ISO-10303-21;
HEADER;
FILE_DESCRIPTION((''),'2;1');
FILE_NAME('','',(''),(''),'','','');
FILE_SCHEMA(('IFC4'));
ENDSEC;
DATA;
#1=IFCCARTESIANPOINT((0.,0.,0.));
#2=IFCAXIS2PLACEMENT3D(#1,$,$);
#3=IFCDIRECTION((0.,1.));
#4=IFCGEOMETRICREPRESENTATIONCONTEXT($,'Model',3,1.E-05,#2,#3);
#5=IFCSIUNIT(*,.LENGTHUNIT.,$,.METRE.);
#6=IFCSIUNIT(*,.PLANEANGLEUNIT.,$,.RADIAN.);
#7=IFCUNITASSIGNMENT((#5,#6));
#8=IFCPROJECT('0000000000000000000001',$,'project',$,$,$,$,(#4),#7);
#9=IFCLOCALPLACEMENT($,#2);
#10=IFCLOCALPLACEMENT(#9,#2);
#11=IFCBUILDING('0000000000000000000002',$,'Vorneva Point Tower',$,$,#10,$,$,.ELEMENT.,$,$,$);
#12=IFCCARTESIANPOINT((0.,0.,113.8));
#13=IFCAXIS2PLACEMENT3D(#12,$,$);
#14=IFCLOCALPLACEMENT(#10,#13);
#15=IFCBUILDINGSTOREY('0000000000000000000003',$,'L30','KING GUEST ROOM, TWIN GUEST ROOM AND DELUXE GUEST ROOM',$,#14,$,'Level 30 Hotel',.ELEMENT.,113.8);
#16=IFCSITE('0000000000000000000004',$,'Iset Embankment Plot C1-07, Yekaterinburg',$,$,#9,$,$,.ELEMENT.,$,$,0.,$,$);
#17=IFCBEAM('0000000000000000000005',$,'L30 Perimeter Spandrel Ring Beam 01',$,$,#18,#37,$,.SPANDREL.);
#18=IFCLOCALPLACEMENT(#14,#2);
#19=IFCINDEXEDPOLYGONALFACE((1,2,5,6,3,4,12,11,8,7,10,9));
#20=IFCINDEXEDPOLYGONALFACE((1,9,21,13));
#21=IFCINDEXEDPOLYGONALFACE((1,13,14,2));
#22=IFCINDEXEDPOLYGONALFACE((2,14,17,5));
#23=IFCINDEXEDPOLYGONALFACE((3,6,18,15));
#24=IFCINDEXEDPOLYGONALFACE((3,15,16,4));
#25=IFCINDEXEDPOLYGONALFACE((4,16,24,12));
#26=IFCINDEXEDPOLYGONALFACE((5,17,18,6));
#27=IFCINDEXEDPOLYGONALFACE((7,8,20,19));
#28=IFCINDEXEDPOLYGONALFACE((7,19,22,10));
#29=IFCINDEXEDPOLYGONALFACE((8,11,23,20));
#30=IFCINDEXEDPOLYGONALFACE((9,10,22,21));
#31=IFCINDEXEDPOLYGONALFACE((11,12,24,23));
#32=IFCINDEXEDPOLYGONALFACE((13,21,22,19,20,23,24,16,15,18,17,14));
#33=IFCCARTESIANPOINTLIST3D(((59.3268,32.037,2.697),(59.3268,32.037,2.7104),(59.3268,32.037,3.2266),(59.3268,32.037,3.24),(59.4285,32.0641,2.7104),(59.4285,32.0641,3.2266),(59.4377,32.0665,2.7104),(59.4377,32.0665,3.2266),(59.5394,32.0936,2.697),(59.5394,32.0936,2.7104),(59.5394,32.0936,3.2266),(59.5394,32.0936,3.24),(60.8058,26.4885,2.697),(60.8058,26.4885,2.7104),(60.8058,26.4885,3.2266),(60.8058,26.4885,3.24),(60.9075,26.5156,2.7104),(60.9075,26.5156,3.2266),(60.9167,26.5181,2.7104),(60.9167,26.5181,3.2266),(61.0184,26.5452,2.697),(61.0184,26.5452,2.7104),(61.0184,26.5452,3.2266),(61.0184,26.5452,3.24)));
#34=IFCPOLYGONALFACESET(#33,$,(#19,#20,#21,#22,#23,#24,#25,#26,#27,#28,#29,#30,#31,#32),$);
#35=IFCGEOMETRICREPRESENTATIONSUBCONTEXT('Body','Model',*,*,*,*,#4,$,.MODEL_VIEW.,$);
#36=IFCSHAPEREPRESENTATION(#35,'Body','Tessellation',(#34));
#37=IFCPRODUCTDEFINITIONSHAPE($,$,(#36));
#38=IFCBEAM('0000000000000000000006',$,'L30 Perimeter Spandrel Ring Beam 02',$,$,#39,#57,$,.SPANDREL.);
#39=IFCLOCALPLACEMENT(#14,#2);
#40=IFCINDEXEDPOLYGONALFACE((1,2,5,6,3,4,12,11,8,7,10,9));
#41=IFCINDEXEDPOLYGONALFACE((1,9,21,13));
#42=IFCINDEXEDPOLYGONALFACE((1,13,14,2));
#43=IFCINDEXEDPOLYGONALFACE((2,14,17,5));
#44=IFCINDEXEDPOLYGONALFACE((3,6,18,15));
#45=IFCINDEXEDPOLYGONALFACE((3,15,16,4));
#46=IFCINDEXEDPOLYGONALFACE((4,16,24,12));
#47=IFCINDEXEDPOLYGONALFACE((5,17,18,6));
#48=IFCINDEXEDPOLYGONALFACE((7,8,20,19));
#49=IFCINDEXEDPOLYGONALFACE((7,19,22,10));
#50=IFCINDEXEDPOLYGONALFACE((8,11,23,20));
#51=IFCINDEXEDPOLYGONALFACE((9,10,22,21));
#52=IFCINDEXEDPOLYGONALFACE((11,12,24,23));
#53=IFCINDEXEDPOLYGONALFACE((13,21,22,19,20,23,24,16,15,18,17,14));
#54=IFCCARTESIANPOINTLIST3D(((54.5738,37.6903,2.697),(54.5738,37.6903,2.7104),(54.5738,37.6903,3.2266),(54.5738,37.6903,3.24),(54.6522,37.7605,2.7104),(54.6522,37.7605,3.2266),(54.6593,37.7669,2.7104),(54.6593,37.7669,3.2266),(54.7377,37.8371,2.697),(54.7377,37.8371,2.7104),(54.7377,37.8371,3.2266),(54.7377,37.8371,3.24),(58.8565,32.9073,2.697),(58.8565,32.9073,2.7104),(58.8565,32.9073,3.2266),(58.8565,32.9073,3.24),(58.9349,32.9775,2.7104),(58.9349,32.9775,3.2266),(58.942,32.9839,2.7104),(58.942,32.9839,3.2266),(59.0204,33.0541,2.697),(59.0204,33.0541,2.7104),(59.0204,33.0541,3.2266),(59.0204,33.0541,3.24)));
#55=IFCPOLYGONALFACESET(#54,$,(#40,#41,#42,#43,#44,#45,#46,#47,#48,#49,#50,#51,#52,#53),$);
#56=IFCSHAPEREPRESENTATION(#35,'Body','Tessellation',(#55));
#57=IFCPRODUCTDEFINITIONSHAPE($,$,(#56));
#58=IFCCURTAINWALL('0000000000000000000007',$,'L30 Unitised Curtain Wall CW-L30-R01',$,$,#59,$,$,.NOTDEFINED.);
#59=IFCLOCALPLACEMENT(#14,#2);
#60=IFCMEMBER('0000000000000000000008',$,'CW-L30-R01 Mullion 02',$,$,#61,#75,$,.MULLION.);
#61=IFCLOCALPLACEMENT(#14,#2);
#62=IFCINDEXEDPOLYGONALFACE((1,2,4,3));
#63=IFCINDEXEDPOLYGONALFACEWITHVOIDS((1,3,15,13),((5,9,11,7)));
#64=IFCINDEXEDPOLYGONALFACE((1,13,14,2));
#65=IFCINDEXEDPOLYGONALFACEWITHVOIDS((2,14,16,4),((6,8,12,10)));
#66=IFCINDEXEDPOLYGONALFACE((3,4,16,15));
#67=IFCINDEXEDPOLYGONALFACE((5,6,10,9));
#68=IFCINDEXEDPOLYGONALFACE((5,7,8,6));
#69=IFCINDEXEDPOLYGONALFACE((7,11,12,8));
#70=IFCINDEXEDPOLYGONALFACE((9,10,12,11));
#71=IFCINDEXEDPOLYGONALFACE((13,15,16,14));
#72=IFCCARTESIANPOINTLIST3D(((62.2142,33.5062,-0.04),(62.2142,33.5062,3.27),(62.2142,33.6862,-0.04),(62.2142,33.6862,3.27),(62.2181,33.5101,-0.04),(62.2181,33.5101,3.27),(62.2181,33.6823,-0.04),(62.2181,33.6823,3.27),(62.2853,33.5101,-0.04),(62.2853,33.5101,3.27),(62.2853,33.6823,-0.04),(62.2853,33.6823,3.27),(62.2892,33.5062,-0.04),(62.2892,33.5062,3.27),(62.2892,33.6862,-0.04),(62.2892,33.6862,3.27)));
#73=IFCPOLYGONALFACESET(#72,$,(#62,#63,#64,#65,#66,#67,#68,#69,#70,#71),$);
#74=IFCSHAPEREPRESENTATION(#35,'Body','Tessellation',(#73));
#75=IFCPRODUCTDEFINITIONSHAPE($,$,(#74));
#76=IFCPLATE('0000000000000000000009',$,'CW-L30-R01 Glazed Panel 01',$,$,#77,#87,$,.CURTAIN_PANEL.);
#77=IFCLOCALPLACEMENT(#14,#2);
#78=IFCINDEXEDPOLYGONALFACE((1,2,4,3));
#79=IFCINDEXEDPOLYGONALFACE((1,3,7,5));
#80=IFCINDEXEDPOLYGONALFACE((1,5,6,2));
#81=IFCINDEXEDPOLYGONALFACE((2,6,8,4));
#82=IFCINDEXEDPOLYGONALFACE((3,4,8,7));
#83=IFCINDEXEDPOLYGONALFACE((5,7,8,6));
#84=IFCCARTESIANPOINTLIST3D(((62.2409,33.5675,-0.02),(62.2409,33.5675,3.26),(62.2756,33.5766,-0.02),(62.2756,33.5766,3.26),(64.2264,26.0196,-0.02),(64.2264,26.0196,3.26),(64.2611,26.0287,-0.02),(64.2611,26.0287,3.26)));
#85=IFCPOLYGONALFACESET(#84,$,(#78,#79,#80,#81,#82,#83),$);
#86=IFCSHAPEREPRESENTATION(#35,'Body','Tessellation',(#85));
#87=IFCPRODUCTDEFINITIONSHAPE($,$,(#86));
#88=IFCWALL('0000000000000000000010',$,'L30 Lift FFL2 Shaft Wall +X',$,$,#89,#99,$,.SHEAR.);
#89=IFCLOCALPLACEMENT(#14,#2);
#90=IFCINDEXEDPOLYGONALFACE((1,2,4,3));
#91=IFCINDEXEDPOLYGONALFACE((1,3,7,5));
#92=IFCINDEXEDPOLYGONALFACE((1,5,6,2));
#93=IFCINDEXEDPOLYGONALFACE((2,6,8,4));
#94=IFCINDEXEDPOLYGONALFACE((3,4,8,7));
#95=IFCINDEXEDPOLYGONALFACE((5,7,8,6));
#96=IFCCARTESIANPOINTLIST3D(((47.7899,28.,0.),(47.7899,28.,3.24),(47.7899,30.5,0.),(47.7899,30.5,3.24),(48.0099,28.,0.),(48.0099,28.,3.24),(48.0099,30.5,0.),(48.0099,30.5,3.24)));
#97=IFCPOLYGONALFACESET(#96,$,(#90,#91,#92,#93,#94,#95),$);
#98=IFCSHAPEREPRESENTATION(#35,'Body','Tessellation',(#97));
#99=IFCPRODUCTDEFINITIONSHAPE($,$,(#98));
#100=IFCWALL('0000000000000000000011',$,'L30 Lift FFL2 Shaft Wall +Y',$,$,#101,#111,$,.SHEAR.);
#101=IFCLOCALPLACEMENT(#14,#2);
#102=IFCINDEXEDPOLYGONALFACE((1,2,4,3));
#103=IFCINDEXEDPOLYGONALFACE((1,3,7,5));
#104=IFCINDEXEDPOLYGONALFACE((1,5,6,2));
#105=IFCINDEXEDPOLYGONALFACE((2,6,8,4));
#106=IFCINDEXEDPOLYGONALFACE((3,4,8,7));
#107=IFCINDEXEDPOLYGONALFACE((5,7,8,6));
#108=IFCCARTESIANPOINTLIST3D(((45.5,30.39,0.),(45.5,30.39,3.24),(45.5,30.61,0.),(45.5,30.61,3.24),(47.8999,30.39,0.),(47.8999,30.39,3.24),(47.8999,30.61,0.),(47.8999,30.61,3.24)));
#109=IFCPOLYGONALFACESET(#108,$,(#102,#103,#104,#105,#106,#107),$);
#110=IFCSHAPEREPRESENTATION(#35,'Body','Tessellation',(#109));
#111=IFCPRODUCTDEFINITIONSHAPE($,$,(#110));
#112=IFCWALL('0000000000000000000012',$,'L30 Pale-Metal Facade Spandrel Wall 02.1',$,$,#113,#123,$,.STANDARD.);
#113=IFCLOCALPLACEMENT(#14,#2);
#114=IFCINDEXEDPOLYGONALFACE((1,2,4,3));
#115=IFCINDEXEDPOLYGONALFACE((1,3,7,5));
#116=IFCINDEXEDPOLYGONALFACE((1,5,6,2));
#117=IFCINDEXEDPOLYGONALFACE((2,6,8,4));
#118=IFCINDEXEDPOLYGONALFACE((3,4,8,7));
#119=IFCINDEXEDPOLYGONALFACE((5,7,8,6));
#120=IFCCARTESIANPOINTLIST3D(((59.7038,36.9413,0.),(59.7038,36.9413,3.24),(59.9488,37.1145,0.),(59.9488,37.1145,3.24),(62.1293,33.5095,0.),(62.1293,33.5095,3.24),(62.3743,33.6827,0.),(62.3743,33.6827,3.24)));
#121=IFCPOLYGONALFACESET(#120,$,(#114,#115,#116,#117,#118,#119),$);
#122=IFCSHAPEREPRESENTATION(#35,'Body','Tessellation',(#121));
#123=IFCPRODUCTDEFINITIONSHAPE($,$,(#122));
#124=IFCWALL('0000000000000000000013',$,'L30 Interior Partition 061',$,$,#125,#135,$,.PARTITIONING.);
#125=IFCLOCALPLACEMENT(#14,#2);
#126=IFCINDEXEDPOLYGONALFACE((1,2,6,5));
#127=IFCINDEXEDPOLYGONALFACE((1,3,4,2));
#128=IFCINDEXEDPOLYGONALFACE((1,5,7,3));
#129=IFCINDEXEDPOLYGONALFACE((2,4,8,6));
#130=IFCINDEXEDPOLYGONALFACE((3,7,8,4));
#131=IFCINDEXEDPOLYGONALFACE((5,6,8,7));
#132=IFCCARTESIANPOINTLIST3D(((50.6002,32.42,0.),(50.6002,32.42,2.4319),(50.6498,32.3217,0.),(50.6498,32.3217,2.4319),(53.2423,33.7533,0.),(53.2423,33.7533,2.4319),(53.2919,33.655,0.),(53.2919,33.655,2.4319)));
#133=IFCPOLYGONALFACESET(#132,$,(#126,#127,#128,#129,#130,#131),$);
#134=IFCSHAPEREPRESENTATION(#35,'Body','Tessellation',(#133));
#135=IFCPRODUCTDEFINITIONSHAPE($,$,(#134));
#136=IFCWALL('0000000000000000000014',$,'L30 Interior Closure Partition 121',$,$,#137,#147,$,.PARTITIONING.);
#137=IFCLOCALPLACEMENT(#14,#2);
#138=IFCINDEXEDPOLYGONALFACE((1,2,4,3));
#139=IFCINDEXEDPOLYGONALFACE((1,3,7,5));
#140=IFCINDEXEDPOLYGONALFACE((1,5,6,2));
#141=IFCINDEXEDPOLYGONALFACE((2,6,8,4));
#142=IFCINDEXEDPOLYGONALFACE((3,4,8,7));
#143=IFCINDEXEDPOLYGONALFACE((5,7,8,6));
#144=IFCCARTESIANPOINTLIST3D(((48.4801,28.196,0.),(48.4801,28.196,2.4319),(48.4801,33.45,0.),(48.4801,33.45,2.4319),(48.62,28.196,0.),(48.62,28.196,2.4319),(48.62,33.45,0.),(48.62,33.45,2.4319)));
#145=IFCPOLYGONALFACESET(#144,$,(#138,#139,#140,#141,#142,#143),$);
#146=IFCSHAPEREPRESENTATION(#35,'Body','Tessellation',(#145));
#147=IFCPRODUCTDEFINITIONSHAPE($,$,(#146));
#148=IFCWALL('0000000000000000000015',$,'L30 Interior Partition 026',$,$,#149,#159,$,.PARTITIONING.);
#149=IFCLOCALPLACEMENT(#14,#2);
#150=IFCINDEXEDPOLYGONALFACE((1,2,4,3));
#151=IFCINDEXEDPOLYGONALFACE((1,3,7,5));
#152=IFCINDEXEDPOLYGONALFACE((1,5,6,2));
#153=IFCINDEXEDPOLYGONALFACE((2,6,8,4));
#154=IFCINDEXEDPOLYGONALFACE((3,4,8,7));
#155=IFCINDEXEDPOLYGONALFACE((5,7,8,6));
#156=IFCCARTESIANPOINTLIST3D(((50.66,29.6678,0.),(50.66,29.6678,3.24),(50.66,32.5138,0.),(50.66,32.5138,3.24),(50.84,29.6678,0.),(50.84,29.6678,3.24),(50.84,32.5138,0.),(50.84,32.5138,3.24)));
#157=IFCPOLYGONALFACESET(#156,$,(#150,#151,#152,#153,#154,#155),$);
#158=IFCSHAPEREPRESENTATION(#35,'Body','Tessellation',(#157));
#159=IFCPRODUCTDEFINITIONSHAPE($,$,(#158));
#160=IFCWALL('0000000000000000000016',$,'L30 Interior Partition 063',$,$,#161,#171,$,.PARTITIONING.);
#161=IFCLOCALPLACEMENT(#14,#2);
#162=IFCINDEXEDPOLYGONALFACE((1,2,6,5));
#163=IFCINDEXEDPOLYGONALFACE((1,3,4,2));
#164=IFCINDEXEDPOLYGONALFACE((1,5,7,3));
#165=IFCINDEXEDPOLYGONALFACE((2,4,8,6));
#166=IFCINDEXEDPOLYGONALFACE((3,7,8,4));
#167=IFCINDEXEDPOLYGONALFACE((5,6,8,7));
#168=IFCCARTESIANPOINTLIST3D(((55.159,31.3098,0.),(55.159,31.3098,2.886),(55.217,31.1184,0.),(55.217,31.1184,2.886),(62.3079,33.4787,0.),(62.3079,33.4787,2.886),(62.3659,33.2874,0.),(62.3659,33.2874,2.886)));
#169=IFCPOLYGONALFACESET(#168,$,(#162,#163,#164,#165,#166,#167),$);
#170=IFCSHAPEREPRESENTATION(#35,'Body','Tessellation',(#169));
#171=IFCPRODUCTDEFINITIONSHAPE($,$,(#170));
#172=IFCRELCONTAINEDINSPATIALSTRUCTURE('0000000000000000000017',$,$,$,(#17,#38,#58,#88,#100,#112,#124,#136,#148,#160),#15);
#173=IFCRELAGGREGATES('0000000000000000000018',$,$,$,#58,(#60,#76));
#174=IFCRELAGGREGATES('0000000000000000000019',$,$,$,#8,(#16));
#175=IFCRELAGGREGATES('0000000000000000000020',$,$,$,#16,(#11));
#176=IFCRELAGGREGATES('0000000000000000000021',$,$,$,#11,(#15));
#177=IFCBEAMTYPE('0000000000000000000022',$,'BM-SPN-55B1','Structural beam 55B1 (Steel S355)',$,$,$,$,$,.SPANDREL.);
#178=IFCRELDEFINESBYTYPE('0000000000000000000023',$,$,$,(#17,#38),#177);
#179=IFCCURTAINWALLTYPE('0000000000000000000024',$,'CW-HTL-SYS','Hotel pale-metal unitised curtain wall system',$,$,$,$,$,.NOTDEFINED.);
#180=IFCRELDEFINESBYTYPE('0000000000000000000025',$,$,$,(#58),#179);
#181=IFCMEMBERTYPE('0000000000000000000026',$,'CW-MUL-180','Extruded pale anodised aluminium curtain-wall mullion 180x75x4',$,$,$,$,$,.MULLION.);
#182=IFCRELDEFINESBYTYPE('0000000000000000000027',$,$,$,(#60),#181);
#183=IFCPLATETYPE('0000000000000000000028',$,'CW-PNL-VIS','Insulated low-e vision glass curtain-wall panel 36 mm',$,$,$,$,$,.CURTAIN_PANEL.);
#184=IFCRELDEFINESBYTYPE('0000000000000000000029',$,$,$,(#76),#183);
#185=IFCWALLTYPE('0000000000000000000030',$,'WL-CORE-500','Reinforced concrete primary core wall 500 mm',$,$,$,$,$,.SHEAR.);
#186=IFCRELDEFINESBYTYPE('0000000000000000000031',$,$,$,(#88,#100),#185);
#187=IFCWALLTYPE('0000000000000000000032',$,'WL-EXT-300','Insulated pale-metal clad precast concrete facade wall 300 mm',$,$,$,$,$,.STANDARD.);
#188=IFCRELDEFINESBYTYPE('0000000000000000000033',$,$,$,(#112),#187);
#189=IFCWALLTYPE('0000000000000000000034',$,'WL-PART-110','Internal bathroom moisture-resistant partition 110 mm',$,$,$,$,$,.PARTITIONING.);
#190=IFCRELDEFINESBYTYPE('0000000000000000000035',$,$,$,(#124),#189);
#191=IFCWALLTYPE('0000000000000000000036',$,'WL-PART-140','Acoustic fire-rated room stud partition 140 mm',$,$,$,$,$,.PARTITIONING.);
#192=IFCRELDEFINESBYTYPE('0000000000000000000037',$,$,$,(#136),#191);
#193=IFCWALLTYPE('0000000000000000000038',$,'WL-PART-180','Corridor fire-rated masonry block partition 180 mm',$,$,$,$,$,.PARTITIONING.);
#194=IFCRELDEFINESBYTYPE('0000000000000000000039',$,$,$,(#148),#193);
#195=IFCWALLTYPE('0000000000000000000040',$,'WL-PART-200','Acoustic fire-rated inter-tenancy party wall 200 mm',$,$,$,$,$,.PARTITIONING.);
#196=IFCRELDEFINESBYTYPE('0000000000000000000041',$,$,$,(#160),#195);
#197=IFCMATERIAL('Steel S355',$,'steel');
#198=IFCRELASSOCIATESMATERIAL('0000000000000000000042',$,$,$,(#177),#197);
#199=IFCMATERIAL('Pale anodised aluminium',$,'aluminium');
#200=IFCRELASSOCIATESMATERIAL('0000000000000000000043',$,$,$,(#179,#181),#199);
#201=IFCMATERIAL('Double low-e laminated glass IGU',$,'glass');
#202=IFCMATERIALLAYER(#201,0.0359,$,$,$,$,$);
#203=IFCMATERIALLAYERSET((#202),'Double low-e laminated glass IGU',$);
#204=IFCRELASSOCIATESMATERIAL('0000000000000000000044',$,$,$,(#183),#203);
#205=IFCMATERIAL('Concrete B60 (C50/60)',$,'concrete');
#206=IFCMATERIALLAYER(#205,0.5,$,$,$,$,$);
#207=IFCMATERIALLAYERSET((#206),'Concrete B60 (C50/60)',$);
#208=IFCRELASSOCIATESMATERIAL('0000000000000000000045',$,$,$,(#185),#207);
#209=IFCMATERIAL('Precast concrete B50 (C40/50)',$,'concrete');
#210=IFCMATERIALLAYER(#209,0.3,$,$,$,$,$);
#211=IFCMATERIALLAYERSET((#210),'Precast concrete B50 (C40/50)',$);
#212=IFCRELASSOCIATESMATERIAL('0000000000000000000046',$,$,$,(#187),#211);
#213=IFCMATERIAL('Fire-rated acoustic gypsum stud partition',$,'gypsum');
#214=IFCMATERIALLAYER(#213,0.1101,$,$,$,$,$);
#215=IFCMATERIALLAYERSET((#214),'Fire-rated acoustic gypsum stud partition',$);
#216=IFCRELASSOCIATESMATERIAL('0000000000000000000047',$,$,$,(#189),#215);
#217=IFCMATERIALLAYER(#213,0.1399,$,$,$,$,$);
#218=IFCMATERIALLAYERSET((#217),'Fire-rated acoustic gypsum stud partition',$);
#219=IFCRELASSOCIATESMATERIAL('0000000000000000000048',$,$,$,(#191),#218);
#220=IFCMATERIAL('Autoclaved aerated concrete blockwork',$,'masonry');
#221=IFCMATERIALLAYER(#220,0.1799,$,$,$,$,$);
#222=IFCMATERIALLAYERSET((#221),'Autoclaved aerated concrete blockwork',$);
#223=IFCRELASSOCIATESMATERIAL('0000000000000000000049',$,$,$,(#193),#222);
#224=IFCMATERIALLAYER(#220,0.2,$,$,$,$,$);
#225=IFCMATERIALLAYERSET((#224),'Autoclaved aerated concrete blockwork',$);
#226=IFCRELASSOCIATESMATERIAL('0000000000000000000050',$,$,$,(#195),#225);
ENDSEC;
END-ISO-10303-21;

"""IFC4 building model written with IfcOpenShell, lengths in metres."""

from ifc_helpers import new_model, si_unit, direction, frame, frame_2d, origin, origin_2d, place, context, subcontext, project, spatial, rectangle, hollow_rectangle, i_section, extrude, material, layer, layer_set, material_profile, profile_set, type_object, element, aggregate, save


model = new_model("IFC4")

# Units and contexts
model_context = context("Model", 3, precision=1e-05, world=origin(), true_north=direction((0.0, 1.0)))
body_context = subcontext(model_context, "Body", "Model", "MODEL_VIEW")
ifc_project = project(units=[si_unit("LENGTHUNIT", "METRE"), si_unit("PLANEANGLEUNIT", "RADIAN")], contexts=[model_context])

# Site, building, storey
site_placement = place(None, origin())
site = spatial("IfcSite", under=ifc_project, at=site_placement, Name="Iset Embankment Plot C1-07, Yekaterinburg", CompositionType="ELEMENT", RefElevation=0.0)
building_placement = place(site_placement, origin())
building = spatial("IfcBuilding", under=site, at=building_placement, Name="Vorneva Point Tower", CompositionType="ELEMENT")
storey_placement = place(building_placement, frame((0.0, 0.0, 113.8)))
storey = spatial("IfcBuildingStorey", under=building, at=storey_placement, Name="L30", Description="KING GUEST ROOM, TWIN GUEST ROOM AND DELUXE GUEST ROOM", LongName="Level 30 Hotel", CompositionType="ELEMENT", Elevation=113.8)

# Shared definitions
ifc_material_1 = material(Name="Concrete B60 (C50/60)", Category="concrete")

# Beams
ifc_material_2 = material(Name="Steel S355", Category="steel")
ifc_material_profile_1 = material_profile(ifc_material_2, i_section(OverallWidth=0.22, OverallDepth=0.543, WebThickness=0.0095, FlangeThickness=0.0134, at=origin_2d()), Name="55B1")
ifc_profile_set_1 = profile_set([ifc_material_profile_1], Name="Steel S355")
beam_type_1 = type_object("IfcBeamType", Name="BM-SPN-55B1", Description="Structural beam 55B1 (Steel S355)", PredefinedType="SPANDREL", material=ifc_profile_set_1)
beam_1_placement = place(storey_placement, frame((60.9121, 26.5168, 2.9685), z_axis=(-0.257573, 0.966259, 0.0), x_axis=(-0.966259, -0.257573, 0.0)))
element("IfcBeam", 1, at=beam_1_placement, inside=storey, type_object=beam_type_1, Name="L30 Perimeter Spandrel Ring Beam 01", PredefinedType="SPANDREL", context=body_context, shape_type="SweptSolid", body=[
    extrude(i_section(OverallWidth=0.22, OverallDepth=0.543, WebThickness=0.0095, FlangeThickness=0.0134, at=origin_2d()), origin(), (0.0, 0.0, 1.0), 5.7422),
])
beam_2_placement = place(storey_placement, frame((58.9385, 32.9807, 2.9685), z_axis=(-0.667074, 0.744992, 0.0), x_axis=(-0.744992, -0.667074, 0.0)))
element("IfcBeam", 2, at=beam_2_placement, inside=storey, type_object=beam_type_1, Name="L30 Perimeter Spandrel Ring Beam 02", PredefinedType="SPANDREL", context=body_context, shape_type="SweptSolid", body=[
    extrude(i_section(OverallWidth=0.22, OverallDepth=0.543, WebThickness=0.0095, FlangeThickness=0.0134, at=origin_2d()), origin(), (0.0, 0.0, 1.0), 6.4202),
])

# Curtain wall, member, plate
ifc_material_3 = material(Name="Pale anodised aluminium", Category="aluminium")
curtain_wall_type = type_object("IfcCurtainWallType", Name="CW-HTL-SYS", Description="Hotel pale-metal unitised curtain wall system", PredefinedType="NOTDEFINED", material=ifc_material_3)
curtain_wall_placement = place(storey_placement, origin())
curtain_wall = element("IfcCurtainWall", 3, at=curtain_wall_placement, inside=storey, type_object=curtain_wall_type, Name="L30 Unitised Curtain Wall CW-L30-R01", PredefinedType="NOTDEFINED")
ifc_material_profile_2 = material_profile(ifc_material_3, hollow_rectangle(XDim=0.075, YDim=0.1799, WallThickness=0.0039, at=origin_2d()), Name="AL-MUL 180x75x4")
ifc_profile_set_2 = profile_set([ifc_material_profile_2], Name="Pale anodised aluminium")
member_type = type_object("IfcMemberType", Name="CW-MUL-180", Description="Extruded pale anodised aluminium curtain-wall mullion 180x75x4", PredefinedType="MULLION", material=ifc_profile_set_2)
member_placement = place(storey_placement, frame((62.2517, 33.5962, -0.04), z_axis=(0.0, 0.0, 1.0), x_axis=(1.0, 0.0, 0.0)))
member = element("IfcMember", 4, at=member_placement, type_object=member_type, Name="CW-L30-R01 Mullion 02", PredefinedType="MULLION", context=body_context, shape_type="SweptSolid", body=[
    extrude(hollow_rectangle(XDim=0.075, YDim=0.1799, WallThickness=0.0039, at=origin_2d()), origin(), (0.0, 0.0, 1.0), 3.3101),
])
ifc_material_4 = material(Name="Double low-e laminated glass IGU", Category="glass")
ifc_layer_1 = layer(ifc_material_4, 0.0359)
ifc_layer_set_1 = layer_set([ifc_layer_1], Name="Double low-e laminated glass IGU")
plate_type = type_object("IfcPlateType", Name="CW-PNL-VIS", Description="Insulated low-e vision glass curtain-wall panel 36 mm", PredefinedType="CURTAIN_PANEL", material=ifc_layer_set_1)
plate_placement = place(storey_placement, frame((63.251, 29.7981, -0.02), z_axis=(0.0, 0.0, 1.0), x_axis=(-0.254399, 0.967099, 0.0)))
plate = element("IfcPlate", 5, at=plate_placement, type_object=plate_type, Name="CW-L30-R01 Glazed Panel 01", PredefinedType="CURTAIN_PANEL", context=body_context, shape_type="SweptSolid", body=[
    extrude(rectangle(XDim=7.8047, YDim=0.0359, at=origin_2d()), origin(), (0.0, 0.0, 1.0), 3.28),
])
aggregate(curtain_wall, [member, plate])

# Walls
ifc_layer_2 = layer(ifc_material_1, 0.5)
ifc_layer_set_2 = layer_set([ifc_layer_2], Name="Concrete B60 (C50/60)")
wall_type_1 = type_object("IfcWallType", Name="WL-CORE-500", Description="Reinforced concrete primary core wall 500 mm", PredefinedType="SHEAR", material=ifc_layer_set_2)
wall_1_placement = place(storey_placement, frame((47.8999, 28.0, 0.0), z_axis=(0.0, 0.0, 1.0), x_axis=(0.0, 1.0, 0.0)))
element("IfcWall", 6, at=wall_1_placement, inside=storey, type_object=wall_type_1, Name="L30 Lift FFL2 Shaft Wall +X", PredefinedType="SHEAR", context=body_context, shape_type="SweptSolid", body=[
    extrude(rectangle(XDim=2.5, YDim=0.22, at=frame_2d((1.25, 0.0))), origin(), (0.0, 0.0, 1.0), 3.24),
])
wall_2_placement = place(storey_placement, frame((47.8999, 30.5, 0.0), z_axis=(0.0, 0.0, 1.0), x_axis=(-1.0, 0.0, 0.0)))
element("IfcWall", 7, at=wall_2_placement, inside=storey, type_object=wall_type_1, Name="L30 Lift FFL2 Shaft Wall +Y", PredefinedType="SHEAR", context=body_context, shape_type="SweptSolid", body=[
    extrude(rectangle(XDim=2.3999, YDim=0.22, at=frame_2d((1.2, 0.0))), origin(), (0.0, 0.0, 1.0), 3.24),
])
ifc_material_5 = material(Name="Precast concrete B50 (C40/50)", Category="concrete")
ifc_layer_3 = layer(ifc_material_5, 0.3)
ifc_layer_set_3 = layer_set([ifc_layer_3], Name="Precast concrete B50 (C40/50)")
wall_type_2 = type_object("IfcWallType", Name="WL-EXT-300", Description="Insulated pale-metal clad precast concrete facade wall 300 mm", PredefinedType="STANDARD", material=ifc_layer_set_3)
wall_3_placement = place(storey_placement, frame((62.2517, 33.5962, 0.0), z_axis=(0.0, 0.0, 1.0), x_axis=(-0.577164, 0.816628, 0.0)))
element("IfcWall", 8, at=wall_3_placement, inside=storey, type_object=wall_type_2, Name="L30 Pale-Metal Facade Spandrel Wall 02.1", PredefinedType="STANDARD", context=body_context, shape_type="SweptSolid", body=[
    extrude(rectangle(XDim=4.2024, YDim=0.3, at=frame_2d((2.1011, 0.0))), origin(), (0.0, 0.0, 1.0), 3.24),
])
ifc_material_6 = material(Name="Fire-rated acoustic gypsum stud partition", Category="gypsum")
ifc_layer_4 = layer(ifc_material_6, 0.1101)
ifc_layer_set_4 = layer_set([ifc_layer_4], Name="Fire-rated acoustic gypsum stud partition")
wall_type_3 = type_object("IfcWallType", Name="WL-PART-110", Description="Internal bathroom moisture-resistant partition 110 mm", PredefinedType="PARTITIONING", material=ifc_layer_set_4)
wall_4_placement = place(storey_placement, frame((50.625, 32.3708, 0.0), z_axis=(0.0, 0.0, 1.0), x_axis=(0.892771, 0.45051, 0.0)))
element("IfcWall", 9, at=wall_4_placement, inside=storey, type_object=wall_type_3, Name="L30 Interior Partition 061", PredefinedType="PARTITIONING", context=body_context, shape_type="SweptSolid", body=[
    extrude(rectangle(XDim=2.9595, YDim=0.1101, at=frame_2d((1.4797, 0.0))), origin(), (0.0, 0.0, 1.0), 2.4319),
])
ifc_layer_5 = layer(ifc_material_6, 0.1399)
ifc_layer_set_5 = layer_set([ifc_layer_5], Name="Fire-rated acoustic gypsum stud partition")
wall_type_4 = type_object("IfcWallType", Name="WL-PART-140", Description="Acoustic fire-rated room stud partition 140 mm", PredefinedType="PARTITIONING", material=ifc_layer_set_5)
wall_5_placement = place(storey_placement, frame((48.55, 33.45, 0.0), z_axis=(0.0, 0.0, 1.0), x_axis=(0.0, -1.0, 0.0)))
element("IfcWall", 10, at=wall_5_placement, inside=storey, type_object=wall_type_4, Name="L30 Interior Closure Partition 121", PredefinedType="PARTITIONING", context=body_context, shape_type="SweptSolid", body=[
    extrude(rectangle(XDim=5.2539, YDim=0.1399, at=frame_2d((2.627, 0.0))), origin(), (0.0, 0.0, 1.0), 2.4319),
])

# Shared definitions
ifc_material_7 = material(Name="Autoclaved aerated concrete blockwork", Category="masonry")
ifc_layer_6 = layer(ifc_material_7, 0.1799)
ifc_layer_set_6 = layer_set([ifc_layer_6], Name="Autoclaved aerated concrete blockwork")
wall_type_5 = type_object("IfcWallType", Name="WL-PART-180", Description="Corridor fire-rated masonry block partition 180 mm", PredefinedType="PARTITIONING", material=ifc_layer_set_6)

# Walls
wall_6_placement = place(storey_placement, frame((50.75, 29.668, 0.0), z_axis=(0.0, 0.0, 1.0), x_axis=(0.0, 1.0, 0.0)))
element("IfcWall", 11, at=wall_6_placement, inside=storey, type_object=wall_type_5, Name="L30 Interior Partition 026", PredefinedType="PARTITIONING", context=body_context, shape_type="SweptSolid", body=[
    extrude(rectangle(XDim=2.8459, YDim=0.1799, at=frame_2d((1.4229, 0.0))), origin(), (0.0, 0.0, 1.0), 3.24),
])
ifc_layer_7 = layer(ifc_material_7, 0.2)
ifc_layer_set_7 = layer_set([ifc_layer_7], Name="Autoclaved aerated concrete blockwork")
wall_type_6 = type_object("IfcWallType", Name="WL-PART-200", Description="Acoustic fire-rated inter-tenancy party wall 200 mm", PredefinedType="PARTITIONING", material=ifc_layer_set_7)
wall_7_placement = place(storey_placement, frame((55.188, 31.2141, 0.0), z_axis=(0.0, 0.0, 1.0), x_axis=(0.956928, 0.290327, 0.0)))
element("IfcWall", 12, at=wall_7_placement, inside=storey, type_object=wall_type_6, Name="L30 Interior Partition 063", PredefinedType="PARTITIONING", context=body_context, shape_type="SweptSolid", body=[
    extrude(rectangle(XDim=7.4707, YDim=0.2, at=frame_2d((3.7354, 0.0))), origin(), (0.0, 0.0, 1.0), 2.886),
])

save(model, "model.ifc")
